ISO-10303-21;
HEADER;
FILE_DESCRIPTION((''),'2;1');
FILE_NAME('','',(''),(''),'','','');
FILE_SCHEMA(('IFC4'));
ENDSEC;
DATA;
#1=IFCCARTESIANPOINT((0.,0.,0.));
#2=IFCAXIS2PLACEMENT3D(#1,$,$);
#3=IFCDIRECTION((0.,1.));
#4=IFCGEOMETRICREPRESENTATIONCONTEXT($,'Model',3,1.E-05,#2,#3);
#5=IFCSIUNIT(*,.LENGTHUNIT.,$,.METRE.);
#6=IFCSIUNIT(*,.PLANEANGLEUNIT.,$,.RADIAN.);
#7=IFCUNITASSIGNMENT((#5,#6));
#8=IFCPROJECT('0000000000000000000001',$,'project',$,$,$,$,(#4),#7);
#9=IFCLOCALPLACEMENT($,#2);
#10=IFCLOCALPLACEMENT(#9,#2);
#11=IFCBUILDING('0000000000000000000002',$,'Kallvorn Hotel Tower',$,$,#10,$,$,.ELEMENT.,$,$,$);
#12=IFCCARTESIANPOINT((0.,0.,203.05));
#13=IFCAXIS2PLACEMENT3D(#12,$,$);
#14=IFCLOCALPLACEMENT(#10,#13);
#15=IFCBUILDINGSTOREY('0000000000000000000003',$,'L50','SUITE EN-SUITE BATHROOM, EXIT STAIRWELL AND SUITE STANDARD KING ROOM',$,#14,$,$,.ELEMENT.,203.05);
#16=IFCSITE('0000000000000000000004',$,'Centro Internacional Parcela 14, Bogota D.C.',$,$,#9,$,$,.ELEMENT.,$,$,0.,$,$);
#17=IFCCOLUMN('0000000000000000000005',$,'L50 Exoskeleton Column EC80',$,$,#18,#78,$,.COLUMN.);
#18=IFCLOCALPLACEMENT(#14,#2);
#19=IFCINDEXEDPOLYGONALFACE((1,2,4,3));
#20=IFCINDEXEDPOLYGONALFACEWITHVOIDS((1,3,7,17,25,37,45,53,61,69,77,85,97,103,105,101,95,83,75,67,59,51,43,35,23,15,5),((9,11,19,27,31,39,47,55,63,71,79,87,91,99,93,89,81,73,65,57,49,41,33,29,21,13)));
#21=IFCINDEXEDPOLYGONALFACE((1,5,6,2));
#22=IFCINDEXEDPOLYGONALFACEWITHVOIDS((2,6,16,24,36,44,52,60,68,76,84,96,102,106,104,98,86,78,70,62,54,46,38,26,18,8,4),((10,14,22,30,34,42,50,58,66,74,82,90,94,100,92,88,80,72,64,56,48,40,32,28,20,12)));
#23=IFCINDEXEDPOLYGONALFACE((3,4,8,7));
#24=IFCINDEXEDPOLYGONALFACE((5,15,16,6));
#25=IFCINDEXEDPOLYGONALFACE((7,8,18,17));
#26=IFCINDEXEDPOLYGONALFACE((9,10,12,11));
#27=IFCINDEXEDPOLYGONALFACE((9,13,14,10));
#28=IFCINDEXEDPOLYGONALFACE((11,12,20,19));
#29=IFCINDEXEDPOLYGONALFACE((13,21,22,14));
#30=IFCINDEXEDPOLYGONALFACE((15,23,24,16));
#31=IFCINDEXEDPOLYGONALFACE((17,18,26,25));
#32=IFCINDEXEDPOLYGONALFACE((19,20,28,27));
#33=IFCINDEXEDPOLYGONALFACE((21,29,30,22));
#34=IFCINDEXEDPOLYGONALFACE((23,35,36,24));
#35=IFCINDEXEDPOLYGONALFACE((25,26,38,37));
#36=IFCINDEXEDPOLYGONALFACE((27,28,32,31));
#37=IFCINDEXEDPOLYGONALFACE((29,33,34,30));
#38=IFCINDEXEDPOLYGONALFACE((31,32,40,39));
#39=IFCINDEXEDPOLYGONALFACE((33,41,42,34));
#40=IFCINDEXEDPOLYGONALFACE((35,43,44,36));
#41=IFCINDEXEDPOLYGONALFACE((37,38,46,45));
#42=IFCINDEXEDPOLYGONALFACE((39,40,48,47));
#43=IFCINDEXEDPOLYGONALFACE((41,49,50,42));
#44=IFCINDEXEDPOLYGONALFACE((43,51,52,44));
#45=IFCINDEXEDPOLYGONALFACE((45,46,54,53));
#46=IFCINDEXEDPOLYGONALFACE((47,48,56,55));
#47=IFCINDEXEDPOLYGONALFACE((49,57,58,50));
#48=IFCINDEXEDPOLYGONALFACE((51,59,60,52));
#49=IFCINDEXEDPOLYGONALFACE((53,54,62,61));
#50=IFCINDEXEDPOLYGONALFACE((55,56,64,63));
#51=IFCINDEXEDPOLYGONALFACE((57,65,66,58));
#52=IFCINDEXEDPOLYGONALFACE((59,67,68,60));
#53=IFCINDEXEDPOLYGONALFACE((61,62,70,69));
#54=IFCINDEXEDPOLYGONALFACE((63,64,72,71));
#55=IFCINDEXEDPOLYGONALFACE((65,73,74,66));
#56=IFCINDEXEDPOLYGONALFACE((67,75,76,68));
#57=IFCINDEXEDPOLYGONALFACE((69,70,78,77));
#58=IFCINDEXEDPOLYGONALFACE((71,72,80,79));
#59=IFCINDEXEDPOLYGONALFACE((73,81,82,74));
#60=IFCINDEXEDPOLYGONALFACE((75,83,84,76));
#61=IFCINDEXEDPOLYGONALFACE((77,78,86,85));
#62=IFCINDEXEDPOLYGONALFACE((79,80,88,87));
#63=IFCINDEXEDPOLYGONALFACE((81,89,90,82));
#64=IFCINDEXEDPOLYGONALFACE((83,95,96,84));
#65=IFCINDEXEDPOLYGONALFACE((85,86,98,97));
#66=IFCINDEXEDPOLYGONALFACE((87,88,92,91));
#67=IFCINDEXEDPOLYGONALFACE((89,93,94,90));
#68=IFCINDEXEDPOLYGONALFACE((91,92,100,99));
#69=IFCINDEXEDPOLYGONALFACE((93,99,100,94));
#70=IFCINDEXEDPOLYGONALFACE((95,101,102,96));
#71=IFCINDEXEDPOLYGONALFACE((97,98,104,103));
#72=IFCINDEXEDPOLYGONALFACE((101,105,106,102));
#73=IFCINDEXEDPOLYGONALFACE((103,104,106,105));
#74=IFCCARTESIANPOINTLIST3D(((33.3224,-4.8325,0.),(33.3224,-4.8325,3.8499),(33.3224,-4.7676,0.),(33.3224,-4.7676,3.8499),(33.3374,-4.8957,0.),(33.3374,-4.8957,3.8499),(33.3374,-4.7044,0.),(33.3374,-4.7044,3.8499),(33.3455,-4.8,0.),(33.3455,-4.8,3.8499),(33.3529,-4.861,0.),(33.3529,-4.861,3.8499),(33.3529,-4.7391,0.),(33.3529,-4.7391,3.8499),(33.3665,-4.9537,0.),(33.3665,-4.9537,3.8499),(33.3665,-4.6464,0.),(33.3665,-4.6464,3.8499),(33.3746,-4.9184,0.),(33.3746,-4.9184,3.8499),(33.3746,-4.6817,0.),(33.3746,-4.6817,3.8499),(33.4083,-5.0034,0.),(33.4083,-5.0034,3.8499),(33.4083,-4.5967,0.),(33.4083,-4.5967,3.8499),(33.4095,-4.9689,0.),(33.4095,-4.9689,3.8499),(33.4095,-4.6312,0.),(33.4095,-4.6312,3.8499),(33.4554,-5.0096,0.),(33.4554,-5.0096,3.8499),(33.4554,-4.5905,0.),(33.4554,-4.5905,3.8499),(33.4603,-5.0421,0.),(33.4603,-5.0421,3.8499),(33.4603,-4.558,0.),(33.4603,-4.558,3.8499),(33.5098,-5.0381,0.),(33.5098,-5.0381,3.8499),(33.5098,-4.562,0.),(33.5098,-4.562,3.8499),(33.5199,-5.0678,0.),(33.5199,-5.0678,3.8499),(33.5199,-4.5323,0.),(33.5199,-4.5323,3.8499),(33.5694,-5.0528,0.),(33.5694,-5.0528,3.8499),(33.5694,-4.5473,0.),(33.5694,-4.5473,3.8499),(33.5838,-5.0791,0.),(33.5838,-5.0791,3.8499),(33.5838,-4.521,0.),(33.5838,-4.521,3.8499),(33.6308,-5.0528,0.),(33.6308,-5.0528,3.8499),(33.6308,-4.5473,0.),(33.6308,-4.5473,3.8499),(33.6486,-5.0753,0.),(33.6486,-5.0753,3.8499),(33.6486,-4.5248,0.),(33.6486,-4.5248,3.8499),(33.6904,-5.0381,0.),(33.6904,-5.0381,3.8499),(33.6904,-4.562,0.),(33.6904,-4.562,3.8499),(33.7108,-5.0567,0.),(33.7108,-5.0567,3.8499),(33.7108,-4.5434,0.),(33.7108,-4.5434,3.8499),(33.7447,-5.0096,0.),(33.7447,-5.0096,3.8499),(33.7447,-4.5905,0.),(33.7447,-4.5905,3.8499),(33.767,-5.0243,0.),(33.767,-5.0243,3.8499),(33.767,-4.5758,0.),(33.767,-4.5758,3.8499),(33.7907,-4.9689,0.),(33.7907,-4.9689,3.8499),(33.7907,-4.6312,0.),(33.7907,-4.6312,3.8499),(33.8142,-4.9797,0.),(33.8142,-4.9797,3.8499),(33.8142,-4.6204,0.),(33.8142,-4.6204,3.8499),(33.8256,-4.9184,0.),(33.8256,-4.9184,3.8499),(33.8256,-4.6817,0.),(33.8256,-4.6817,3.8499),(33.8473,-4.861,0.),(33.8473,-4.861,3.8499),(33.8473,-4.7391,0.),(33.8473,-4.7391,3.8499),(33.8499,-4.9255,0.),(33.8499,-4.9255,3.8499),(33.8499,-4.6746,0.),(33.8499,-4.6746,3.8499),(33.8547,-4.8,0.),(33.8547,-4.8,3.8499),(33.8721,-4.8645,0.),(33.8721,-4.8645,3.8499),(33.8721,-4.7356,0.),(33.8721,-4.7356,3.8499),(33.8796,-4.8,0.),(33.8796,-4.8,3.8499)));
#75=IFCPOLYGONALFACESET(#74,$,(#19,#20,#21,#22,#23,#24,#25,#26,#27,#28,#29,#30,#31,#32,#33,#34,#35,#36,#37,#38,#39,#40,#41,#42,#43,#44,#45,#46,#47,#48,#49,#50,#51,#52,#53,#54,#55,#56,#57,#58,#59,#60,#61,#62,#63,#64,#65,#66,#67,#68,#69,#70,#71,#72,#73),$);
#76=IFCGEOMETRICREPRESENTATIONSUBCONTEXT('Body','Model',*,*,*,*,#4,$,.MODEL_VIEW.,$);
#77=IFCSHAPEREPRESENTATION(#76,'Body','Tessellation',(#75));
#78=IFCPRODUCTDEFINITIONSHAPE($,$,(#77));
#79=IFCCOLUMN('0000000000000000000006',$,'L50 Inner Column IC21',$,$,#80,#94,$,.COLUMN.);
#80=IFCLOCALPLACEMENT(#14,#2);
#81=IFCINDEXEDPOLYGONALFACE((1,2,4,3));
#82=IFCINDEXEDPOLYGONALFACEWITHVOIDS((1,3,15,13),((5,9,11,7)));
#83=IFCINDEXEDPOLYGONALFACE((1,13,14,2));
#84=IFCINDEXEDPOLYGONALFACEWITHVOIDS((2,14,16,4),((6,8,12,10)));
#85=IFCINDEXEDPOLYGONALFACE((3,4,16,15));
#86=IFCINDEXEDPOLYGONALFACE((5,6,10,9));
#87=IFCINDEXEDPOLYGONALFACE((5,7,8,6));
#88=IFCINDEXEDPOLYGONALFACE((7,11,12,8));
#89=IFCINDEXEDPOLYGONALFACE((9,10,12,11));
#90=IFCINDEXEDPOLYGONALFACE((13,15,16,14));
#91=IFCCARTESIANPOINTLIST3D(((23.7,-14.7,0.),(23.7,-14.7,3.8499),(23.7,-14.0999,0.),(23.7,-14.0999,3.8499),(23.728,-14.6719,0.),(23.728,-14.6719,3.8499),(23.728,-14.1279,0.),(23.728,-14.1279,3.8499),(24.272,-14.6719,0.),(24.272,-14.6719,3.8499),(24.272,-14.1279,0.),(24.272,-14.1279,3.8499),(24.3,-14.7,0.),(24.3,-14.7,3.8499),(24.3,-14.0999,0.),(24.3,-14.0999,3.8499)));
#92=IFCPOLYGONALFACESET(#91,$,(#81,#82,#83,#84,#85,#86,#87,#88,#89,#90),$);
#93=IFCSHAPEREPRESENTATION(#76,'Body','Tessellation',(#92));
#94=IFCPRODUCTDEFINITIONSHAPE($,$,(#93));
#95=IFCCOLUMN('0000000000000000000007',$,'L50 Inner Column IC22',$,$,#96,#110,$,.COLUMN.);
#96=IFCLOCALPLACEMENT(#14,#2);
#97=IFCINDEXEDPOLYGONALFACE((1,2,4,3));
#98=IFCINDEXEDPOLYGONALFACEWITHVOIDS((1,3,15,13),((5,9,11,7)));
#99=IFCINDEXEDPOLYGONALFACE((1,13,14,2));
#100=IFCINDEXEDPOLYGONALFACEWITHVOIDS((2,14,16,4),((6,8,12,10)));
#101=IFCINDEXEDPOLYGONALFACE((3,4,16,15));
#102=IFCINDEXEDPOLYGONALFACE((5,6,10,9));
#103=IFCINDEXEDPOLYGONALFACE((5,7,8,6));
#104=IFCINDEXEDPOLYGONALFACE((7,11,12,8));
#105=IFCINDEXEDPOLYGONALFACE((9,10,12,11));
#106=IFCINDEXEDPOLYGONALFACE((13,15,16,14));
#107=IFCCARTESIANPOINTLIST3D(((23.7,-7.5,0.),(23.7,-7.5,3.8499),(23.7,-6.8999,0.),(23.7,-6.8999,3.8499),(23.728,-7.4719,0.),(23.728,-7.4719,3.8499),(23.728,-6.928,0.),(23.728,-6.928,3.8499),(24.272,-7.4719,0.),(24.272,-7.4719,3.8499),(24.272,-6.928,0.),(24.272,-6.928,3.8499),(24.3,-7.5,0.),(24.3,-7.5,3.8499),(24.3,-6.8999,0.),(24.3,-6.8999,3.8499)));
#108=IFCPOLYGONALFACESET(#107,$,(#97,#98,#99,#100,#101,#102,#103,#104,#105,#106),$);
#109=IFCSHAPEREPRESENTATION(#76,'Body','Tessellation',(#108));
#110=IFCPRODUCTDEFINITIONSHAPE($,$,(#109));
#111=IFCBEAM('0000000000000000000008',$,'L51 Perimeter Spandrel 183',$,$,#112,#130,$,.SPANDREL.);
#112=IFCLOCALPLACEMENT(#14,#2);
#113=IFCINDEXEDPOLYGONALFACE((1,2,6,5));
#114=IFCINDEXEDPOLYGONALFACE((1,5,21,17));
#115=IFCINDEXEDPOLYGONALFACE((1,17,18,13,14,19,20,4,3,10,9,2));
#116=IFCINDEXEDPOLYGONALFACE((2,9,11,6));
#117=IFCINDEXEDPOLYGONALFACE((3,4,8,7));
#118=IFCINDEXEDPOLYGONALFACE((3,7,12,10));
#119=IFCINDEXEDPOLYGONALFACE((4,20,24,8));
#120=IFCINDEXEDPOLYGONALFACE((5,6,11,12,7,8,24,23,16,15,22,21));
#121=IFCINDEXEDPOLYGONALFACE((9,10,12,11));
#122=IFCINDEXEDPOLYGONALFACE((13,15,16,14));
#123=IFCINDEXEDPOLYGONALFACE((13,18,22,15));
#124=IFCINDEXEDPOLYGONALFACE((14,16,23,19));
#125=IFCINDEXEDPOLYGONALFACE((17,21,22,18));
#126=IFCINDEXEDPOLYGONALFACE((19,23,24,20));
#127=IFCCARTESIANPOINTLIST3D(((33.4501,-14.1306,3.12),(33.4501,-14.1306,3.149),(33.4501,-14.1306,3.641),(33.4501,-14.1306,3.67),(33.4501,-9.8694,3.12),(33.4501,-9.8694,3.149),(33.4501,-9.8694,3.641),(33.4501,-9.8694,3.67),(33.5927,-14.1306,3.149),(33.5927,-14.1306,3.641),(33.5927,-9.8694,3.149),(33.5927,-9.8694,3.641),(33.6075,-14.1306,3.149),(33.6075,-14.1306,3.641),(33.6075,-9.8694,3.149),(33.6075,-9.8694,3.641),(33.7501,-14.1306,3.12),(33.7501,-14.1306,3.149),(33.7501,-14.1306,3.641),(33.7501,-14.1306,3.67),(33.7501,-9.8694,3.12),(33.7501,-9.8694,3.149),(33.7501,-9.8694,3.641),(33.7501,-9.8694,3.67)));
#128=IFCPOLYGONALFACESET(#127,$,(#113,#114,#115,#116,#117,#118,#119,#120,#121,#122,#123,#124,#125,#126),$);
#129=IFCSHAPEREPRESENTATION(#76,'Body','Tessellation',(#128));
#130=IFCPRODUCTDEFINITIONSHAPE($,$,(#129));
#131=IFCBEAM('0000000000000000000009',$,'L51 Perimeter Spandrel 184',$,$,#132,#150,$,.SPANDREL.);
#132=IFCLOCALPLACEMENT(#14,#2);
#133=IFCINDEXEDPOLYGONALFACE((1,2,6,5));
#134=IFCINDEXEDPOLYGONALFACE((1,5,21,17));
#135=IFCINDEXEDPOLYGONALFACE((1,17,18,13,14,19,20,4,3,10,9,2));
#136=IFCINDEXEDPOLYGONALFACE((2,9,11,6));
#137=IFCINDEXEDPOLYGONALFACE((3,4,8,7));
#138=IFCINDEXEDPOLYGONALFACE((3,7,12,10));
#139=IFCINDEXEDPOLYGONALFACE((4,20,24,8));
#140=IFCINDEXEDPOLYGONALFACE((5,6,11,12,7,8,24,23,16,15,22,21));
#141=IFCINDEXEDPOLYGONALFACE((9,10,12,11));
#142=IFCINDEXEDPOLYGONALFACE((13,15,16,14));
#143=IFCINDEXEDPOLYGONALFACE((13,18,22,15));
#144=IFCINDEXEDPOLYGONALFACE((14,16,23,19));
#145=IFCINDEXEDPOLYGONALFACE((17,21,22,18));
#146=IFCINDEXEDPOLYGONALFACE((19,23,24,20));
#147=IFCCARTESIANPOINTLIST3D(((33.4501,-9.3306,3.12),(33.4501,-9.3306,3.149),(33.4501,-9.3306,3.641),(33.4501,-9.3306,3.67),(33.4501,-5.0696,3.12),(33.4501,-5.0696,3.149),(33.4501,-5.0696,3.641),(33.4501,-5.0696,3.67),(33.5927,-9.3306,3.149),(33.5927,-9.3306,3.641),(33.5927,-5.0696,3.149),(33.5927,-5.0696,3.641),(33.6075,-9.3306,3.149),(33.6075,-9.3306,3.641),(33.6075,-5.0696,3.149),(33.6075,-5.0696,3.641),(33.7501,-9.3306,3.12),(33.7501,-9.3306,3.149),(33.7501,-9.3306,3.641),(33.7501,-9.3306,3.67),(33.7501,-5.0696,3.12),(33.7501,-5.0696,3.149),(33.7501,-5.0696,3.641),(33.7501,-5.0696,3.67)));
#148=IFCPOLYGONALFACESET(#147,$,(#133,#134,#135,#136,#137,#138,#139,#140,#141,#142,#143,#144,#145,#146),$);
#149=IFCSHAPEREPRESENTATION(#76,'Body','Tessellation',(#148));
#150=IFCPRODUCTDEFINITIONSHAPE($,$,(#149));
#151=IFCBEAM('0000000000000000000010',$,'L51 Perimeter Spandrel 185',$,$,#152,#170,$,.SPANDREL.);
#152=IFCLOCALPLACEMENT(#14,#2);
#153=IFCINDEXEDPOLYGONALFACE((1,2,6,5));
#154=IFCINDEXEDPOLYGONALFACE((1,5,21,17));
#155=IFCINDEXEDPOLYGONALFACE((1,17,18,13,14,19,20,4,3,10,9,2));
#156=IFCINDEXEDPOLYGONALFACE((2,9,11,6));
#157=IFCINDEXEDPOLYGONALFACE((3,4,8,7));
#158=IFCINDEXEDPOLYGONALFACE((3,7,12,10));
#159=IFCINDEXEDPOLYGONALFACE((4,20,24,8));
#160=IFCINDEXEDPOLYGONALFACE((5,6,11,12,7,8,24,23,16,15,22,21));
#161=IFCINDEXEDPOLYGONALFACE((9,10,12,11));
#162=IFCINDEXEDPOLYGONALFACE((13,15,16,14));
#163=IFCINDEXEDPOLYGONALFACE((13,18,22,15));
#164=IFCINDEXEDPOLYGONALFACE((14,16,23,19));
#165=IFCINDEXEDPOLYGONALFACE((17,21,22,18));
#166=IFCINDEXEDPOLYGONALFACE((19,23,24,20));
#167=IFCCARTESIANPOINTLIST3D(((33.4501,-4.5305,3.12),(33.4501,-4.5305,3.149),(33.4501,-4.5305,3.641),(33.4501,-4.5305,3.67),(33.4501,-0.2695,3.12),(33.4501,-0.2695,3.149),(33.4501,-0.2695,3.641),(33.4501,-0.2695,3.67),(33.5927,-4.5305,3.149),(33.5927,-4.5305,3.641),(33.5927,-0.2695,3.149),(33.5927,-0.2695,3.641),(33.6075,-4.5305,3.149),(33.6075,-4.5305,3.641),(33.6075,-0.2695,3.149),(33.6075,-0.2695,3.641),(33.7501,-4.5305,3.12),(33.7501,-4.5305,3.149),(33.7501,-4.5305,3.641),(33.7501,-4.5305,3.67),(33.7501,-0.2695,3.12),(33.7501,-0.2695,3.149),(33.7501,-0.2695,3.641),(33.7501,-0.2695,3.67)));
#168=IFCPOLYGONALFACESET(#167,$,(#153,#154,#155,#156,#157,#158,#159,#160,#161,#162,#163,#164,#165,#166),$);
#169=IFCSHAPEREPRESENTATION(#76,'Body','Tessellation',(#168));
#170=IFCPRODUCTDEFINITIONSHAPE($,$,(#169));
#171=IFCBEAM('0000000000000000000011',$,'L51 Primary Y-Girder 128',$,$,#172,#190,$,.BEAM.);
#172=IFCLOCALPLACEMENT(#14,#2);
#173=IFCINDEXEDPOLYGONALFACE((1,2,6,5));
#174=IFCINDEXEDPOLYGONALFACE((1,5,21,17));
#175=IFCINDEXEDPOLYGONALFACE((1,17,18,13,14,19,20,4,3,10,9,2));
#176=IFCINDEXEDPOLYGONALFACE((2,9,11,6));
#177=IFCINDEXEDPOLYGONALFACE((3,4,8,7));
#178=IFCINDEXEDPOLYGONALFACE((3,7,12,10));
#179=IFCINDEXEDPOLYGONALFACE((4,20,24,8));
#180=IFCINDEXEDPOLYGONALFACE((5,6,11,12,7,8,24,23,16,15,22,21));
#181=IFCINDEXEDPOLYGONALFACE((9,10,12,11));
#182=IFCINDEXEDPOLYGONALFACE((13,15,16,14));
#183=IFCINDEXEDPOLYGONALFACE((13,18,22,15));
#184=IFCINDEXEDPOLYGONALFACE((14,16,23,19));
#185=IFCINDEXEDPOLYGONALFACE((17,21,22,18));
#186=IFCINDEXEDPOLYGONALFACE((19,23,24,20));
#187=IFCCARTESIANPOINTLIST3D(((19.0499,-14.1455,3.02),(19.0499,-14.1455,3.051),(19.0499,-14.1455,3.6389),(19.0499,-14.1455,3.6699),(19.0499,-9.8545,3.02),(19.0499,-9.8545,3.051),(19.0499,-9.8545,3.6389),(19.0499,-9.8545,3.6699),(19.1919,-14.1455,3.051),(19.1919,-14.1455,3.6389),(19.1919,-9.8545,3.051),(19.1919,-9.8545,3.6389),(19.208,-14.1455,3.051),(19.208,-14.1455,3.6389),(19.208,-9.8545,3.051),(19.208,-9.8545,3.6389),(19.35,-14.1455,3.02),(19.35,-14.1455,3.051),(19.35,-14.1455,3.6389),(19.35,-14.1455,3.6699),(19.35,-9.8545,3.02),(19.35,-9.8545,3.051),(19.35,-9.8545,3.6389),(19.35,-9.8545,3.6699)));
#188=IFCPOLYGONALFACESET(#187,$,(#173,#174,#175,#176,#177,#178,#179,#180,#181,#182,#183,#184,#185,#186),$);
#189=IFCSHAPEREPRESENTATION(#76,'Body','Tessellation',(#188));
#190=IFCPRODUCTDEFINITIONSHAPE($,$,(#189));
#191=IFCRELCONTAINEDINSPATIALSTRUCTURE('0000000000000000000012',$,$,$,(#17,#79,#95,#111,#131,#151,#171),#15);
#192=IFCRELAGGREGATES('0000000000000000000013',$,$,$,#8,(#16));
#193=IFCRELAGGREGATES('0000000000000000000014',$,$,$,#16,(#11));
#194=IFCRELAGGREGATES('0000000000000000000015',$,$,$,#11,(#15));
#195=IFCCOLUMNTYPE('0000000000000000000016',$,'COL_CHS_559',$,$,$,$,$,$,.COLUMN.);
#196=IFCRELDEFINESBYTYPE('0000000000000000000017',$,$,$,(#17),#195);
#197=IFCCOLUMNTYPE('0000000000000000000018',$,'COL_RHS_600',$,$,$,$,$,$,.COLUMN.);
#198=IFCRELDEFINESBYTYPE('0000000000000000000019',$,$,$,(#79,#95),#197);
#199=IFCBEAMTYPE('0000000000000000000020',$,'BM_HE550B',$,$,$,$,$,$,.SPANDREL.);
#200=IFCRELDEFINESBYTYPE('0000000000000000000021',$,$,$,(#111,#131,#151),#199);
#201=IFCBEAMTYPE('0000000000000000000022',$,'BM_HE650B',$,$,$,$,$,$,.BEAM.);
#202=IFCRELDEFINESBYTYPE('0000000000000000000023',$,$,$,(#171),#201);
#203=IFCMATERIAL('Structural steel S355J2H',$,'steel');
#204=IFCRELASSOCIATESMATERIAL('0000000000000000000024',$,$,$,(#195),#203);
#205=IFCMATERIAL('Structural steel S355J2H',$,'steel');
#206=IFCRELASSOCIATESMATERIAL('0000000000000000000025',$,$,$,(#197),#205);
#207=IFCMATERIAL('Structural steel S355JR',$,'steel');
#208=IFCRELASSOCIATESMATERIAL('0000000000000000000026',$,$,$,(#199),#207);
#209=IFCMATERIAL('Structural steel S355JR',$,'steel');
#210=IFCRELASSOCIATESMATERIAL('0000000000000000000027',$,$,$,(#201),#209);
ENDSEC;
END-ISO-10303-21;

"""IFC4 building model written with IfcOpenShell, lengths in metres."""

from ifc_helpers import new_model, si_unit, direction, frame, origin, origin_2d, place, context, subcontext, project, spatial, hollow_rectangle, hollow_circle, i_section, extrude, material, material_profile, profile_set, type_object, element, save


model = new_model("IFC4")

# Units and contexts
model_context = context("Model", 3, precision=1e-05, world=origin(), true_north=direction((0.0, 1.0)))
body_context = subcontext(model_context, "Body", "Model", "MODEL_VIEW")
ifc_project = project(units=[si_unit("LENGTHUNIT", "METRE"), si_unit("PLANEANGLEUNIT", "RADIAN")], contexts=[model_context])

# Site, building, storey
site_placement = place(None, origin())
site = spatial("IfcSite", under=ifc_project, at=site_placement, Name="Centro Internacional Parcela 14, Bogota D.C.", CompositionType="ELEMENT", RefElevation=0.0)
building_placement = place(site_placement, origin())
building = spatial("IfcBuilding", under=site, at=building_placement, Name="Kallvorn Hotel Tower", CompositionType="ELEMENT")
storey_placement = place(building_placement, frame((0.0, 0.0, 203.05)))
storey = spatial("IfcBuildingStorey", under=building, at=storey_placement, Name="L50", Description="SUITE EN-SUITE BATHROOM, EXIT STAIRWELL AND SUITE STANDARD KING ROOM", CompositionType="ELEMENT", Elevation=203.05)

# Columns
ifc_material_1 = material(Name="Structural steel S355J2H", Category="steel")
ifc_material_profile_1 = material_profile(ifc_material_1, hollow_circle(Radius=0.2795, WallThickness=0.0249, at=origin_2d()), Name="CHS 559x25")
ifc_profile_set_1 = profile_set([ifc_material_profile_1], Name="Structural steel S355J2H")
column_type_1 = type_object("IfcColumnType", Name="COL_CHS_559", PredefinedType="COLUMN", material=ifc_profile_set_1)
for number, where, z_axis, x_axis, name in (
    (1, (33.6001, -4.8, 0.0), (0.0, 0.0, 1.0), (1.0, 0.0, 0.0), "L50 Exoskeleton Column EC80"),
):
    element("IfcColumn", number, at=place(storey_placement, frame(where, z_axis=z_axis, x_axis=x_axis)), inside=storey, type_object=column_type_1, Name=name, PredefinedType="COLUMN", context=body_context, shape_type="SweptSolid", body=[
        extrude(hollow_circle(Radius=0.2795, WallThickness=0.0249, at=origin_2d()), origin(), (0.0, 0.0, 1.0), 3.8499),
    ])
ifc_material_2 = material(Name="Structural steel S355J2H", Category="steel")
ifc_material_profile_2 = material_profile(ifc_material_2, hollow_rectangle(XDim=0.6001, YDim=0.6001, WallThickness=0.0281, at=origin_2d()), Name="RHS 600x600x28")
ifc_profile_set_2 = profile_set([ifc_material_profile_2], Name="Structural steel S355J2H")
column_type_2 = type_object("IfcColumnType", Name="COL_RHS_600", PredefinedType="COLUMN", material=ifc_profile_set_2)
for number, where, z_axis, x_axis, name in (
    (2, (24.0, -14.3999, 0.0), (0.0, 0.0, 1.0), (1.0, 0.0, 0.0), "L50 Inner Column IC21"),
    (3, (24.0, -7.2, 0.0), (0.0, 0.0, 1.0), (1.0, 0.0, 0.0), "L50 Inner Column IC22"),
):
    element("IfcColumn", number, at=place(storey_placement, frame(where, z_axis=z_axis, x_axis=x_axis)), inside=storey, type_object=column_type_2, Name=name, PredefinedType="COLUMN", context=body_context, shape_type="SweptSolid", body=[
        extrude(hollow_rectangle(XDim=0.6001, YDim=0.6001, WallThickness=0.0281, at=origin_2d()), origin(), (0.0, 0.0, 1.0), 3.8499),
    ])

# Beams
ifc_material_3 = material(Name="Structural steel S355JR", Category="steel")
ifc_material_profile_3 = material_profile(ifc_material_3, i_section(OverallWidth=0.3, OverallDepth=0.55, WebThickness=0.0149, FlangeThickness=0.0291, at=origin_2d()), Name="HE 550 B")
ifc_profile_set_3 = profile_set([ifc_material_profile_3], Name="Structural steel S355JR")
beam_type_1 = type_object("IfcBeamType", Name="BM_HE550B", PredefinedType="SPANDREL", material=ifc_profile_set_3)
beam_1_placement = place(storey_placement, frame((33.6001, -14.1306, 3.395), z_axis=(0.0, 1.0, 0.0), x_axis=(-1.0, 0.0, 0.0)))
element("IfcBeam", 4, at=beam_1_placement, inside=storey, type_object=beam_type_1, Name="L51 Perimeter Spandrel 183", PredefinedType="SPANDREL", context=body_context, shape_type="SweptSolid", body=[
    extrude(i_section(OverallWidth=0.3, OverallDepth=0.55, WebThickness=0.0149, FlangeThickness=0.0291, at=origin_2d()), origin(), (0.0, 0.0, 1.0), 4.2612),
])
for number, where, z_axis, x_axis, name in (
    (5, (33.6001, -9.3306, 3.395), (0.0, 1.0, 0.0), (-1.0, 0.0, 0.0), "L51 Perimeter Spandrel 184"),
    (6, (33.6001, -4.5305, 3.395), (0.0, 1.0, 0.0), (-1.0, 0.0, 0.0), "L51 Perimeter Spandrel 185"),
):
    element("IfcBeam", number, at=place(storey_placement, frame(where, z_axis=z_axis, x_axis=x_axis)), inside=storey, type_object=beam_type_1, Name=name, PredefinedType="SPANDREL", context=body_context, shape_type="SweptSolid", body=[
        extrude(i_section(OverallWidth=0.3, OverallDepth=0.55, WebThickness=0.0149, FlangeThickness=0.0291, at=origin_2d()), origin(), (0.0, 0.0, 1.0), 4.261),
    ])
ifc_material_4 = material(Name="Structural steel S355JR", Category="steel")
ifc_material_profile_4 = material_profile(ifc_material_4, i_section(OverallWidth=0.3, OverallDepth=0.6499, WebThickness=0.0161, FlangeThickness=0.031, at=origin_2d()), Name="HE 650 B")
ifc_profile_set_4 = profile_set([ifc_material_profile_4], Name="Structural steel S355JR")
beam_type_2 = type_object("IfcBeamType", Name="BM_HE650B", PredefinedType="BEAM", material=ifc_profile_set_4)
for number, where, z_axis, x_axis, name in (
    (7, (19.2, -14.1455, 3.345), (0.0, 1.0, 0.0), (-1.0, 0.0, 0.0), "L51 Primary Y-Girder 128"),
):
    element("IfcBeam", number, at=place(storey_placement, frame(where, z_axis=z_axis, x_axis=x_axis)), inside=storey, type_object=beam_type_2, Name=name, PredefinedType="BEAM", context=body_context, shape_type="SweptSolid", body=[
        extrude(i_section(OverallWidth=0.3, OverallDepth=0.6499, WebThickness=0.0161, FlangeThickness=0.031, at=origin_2d()), origin(), (0.0, 0.0, 1.0), 4.291),
    ])

save(model, "model.ifc")
